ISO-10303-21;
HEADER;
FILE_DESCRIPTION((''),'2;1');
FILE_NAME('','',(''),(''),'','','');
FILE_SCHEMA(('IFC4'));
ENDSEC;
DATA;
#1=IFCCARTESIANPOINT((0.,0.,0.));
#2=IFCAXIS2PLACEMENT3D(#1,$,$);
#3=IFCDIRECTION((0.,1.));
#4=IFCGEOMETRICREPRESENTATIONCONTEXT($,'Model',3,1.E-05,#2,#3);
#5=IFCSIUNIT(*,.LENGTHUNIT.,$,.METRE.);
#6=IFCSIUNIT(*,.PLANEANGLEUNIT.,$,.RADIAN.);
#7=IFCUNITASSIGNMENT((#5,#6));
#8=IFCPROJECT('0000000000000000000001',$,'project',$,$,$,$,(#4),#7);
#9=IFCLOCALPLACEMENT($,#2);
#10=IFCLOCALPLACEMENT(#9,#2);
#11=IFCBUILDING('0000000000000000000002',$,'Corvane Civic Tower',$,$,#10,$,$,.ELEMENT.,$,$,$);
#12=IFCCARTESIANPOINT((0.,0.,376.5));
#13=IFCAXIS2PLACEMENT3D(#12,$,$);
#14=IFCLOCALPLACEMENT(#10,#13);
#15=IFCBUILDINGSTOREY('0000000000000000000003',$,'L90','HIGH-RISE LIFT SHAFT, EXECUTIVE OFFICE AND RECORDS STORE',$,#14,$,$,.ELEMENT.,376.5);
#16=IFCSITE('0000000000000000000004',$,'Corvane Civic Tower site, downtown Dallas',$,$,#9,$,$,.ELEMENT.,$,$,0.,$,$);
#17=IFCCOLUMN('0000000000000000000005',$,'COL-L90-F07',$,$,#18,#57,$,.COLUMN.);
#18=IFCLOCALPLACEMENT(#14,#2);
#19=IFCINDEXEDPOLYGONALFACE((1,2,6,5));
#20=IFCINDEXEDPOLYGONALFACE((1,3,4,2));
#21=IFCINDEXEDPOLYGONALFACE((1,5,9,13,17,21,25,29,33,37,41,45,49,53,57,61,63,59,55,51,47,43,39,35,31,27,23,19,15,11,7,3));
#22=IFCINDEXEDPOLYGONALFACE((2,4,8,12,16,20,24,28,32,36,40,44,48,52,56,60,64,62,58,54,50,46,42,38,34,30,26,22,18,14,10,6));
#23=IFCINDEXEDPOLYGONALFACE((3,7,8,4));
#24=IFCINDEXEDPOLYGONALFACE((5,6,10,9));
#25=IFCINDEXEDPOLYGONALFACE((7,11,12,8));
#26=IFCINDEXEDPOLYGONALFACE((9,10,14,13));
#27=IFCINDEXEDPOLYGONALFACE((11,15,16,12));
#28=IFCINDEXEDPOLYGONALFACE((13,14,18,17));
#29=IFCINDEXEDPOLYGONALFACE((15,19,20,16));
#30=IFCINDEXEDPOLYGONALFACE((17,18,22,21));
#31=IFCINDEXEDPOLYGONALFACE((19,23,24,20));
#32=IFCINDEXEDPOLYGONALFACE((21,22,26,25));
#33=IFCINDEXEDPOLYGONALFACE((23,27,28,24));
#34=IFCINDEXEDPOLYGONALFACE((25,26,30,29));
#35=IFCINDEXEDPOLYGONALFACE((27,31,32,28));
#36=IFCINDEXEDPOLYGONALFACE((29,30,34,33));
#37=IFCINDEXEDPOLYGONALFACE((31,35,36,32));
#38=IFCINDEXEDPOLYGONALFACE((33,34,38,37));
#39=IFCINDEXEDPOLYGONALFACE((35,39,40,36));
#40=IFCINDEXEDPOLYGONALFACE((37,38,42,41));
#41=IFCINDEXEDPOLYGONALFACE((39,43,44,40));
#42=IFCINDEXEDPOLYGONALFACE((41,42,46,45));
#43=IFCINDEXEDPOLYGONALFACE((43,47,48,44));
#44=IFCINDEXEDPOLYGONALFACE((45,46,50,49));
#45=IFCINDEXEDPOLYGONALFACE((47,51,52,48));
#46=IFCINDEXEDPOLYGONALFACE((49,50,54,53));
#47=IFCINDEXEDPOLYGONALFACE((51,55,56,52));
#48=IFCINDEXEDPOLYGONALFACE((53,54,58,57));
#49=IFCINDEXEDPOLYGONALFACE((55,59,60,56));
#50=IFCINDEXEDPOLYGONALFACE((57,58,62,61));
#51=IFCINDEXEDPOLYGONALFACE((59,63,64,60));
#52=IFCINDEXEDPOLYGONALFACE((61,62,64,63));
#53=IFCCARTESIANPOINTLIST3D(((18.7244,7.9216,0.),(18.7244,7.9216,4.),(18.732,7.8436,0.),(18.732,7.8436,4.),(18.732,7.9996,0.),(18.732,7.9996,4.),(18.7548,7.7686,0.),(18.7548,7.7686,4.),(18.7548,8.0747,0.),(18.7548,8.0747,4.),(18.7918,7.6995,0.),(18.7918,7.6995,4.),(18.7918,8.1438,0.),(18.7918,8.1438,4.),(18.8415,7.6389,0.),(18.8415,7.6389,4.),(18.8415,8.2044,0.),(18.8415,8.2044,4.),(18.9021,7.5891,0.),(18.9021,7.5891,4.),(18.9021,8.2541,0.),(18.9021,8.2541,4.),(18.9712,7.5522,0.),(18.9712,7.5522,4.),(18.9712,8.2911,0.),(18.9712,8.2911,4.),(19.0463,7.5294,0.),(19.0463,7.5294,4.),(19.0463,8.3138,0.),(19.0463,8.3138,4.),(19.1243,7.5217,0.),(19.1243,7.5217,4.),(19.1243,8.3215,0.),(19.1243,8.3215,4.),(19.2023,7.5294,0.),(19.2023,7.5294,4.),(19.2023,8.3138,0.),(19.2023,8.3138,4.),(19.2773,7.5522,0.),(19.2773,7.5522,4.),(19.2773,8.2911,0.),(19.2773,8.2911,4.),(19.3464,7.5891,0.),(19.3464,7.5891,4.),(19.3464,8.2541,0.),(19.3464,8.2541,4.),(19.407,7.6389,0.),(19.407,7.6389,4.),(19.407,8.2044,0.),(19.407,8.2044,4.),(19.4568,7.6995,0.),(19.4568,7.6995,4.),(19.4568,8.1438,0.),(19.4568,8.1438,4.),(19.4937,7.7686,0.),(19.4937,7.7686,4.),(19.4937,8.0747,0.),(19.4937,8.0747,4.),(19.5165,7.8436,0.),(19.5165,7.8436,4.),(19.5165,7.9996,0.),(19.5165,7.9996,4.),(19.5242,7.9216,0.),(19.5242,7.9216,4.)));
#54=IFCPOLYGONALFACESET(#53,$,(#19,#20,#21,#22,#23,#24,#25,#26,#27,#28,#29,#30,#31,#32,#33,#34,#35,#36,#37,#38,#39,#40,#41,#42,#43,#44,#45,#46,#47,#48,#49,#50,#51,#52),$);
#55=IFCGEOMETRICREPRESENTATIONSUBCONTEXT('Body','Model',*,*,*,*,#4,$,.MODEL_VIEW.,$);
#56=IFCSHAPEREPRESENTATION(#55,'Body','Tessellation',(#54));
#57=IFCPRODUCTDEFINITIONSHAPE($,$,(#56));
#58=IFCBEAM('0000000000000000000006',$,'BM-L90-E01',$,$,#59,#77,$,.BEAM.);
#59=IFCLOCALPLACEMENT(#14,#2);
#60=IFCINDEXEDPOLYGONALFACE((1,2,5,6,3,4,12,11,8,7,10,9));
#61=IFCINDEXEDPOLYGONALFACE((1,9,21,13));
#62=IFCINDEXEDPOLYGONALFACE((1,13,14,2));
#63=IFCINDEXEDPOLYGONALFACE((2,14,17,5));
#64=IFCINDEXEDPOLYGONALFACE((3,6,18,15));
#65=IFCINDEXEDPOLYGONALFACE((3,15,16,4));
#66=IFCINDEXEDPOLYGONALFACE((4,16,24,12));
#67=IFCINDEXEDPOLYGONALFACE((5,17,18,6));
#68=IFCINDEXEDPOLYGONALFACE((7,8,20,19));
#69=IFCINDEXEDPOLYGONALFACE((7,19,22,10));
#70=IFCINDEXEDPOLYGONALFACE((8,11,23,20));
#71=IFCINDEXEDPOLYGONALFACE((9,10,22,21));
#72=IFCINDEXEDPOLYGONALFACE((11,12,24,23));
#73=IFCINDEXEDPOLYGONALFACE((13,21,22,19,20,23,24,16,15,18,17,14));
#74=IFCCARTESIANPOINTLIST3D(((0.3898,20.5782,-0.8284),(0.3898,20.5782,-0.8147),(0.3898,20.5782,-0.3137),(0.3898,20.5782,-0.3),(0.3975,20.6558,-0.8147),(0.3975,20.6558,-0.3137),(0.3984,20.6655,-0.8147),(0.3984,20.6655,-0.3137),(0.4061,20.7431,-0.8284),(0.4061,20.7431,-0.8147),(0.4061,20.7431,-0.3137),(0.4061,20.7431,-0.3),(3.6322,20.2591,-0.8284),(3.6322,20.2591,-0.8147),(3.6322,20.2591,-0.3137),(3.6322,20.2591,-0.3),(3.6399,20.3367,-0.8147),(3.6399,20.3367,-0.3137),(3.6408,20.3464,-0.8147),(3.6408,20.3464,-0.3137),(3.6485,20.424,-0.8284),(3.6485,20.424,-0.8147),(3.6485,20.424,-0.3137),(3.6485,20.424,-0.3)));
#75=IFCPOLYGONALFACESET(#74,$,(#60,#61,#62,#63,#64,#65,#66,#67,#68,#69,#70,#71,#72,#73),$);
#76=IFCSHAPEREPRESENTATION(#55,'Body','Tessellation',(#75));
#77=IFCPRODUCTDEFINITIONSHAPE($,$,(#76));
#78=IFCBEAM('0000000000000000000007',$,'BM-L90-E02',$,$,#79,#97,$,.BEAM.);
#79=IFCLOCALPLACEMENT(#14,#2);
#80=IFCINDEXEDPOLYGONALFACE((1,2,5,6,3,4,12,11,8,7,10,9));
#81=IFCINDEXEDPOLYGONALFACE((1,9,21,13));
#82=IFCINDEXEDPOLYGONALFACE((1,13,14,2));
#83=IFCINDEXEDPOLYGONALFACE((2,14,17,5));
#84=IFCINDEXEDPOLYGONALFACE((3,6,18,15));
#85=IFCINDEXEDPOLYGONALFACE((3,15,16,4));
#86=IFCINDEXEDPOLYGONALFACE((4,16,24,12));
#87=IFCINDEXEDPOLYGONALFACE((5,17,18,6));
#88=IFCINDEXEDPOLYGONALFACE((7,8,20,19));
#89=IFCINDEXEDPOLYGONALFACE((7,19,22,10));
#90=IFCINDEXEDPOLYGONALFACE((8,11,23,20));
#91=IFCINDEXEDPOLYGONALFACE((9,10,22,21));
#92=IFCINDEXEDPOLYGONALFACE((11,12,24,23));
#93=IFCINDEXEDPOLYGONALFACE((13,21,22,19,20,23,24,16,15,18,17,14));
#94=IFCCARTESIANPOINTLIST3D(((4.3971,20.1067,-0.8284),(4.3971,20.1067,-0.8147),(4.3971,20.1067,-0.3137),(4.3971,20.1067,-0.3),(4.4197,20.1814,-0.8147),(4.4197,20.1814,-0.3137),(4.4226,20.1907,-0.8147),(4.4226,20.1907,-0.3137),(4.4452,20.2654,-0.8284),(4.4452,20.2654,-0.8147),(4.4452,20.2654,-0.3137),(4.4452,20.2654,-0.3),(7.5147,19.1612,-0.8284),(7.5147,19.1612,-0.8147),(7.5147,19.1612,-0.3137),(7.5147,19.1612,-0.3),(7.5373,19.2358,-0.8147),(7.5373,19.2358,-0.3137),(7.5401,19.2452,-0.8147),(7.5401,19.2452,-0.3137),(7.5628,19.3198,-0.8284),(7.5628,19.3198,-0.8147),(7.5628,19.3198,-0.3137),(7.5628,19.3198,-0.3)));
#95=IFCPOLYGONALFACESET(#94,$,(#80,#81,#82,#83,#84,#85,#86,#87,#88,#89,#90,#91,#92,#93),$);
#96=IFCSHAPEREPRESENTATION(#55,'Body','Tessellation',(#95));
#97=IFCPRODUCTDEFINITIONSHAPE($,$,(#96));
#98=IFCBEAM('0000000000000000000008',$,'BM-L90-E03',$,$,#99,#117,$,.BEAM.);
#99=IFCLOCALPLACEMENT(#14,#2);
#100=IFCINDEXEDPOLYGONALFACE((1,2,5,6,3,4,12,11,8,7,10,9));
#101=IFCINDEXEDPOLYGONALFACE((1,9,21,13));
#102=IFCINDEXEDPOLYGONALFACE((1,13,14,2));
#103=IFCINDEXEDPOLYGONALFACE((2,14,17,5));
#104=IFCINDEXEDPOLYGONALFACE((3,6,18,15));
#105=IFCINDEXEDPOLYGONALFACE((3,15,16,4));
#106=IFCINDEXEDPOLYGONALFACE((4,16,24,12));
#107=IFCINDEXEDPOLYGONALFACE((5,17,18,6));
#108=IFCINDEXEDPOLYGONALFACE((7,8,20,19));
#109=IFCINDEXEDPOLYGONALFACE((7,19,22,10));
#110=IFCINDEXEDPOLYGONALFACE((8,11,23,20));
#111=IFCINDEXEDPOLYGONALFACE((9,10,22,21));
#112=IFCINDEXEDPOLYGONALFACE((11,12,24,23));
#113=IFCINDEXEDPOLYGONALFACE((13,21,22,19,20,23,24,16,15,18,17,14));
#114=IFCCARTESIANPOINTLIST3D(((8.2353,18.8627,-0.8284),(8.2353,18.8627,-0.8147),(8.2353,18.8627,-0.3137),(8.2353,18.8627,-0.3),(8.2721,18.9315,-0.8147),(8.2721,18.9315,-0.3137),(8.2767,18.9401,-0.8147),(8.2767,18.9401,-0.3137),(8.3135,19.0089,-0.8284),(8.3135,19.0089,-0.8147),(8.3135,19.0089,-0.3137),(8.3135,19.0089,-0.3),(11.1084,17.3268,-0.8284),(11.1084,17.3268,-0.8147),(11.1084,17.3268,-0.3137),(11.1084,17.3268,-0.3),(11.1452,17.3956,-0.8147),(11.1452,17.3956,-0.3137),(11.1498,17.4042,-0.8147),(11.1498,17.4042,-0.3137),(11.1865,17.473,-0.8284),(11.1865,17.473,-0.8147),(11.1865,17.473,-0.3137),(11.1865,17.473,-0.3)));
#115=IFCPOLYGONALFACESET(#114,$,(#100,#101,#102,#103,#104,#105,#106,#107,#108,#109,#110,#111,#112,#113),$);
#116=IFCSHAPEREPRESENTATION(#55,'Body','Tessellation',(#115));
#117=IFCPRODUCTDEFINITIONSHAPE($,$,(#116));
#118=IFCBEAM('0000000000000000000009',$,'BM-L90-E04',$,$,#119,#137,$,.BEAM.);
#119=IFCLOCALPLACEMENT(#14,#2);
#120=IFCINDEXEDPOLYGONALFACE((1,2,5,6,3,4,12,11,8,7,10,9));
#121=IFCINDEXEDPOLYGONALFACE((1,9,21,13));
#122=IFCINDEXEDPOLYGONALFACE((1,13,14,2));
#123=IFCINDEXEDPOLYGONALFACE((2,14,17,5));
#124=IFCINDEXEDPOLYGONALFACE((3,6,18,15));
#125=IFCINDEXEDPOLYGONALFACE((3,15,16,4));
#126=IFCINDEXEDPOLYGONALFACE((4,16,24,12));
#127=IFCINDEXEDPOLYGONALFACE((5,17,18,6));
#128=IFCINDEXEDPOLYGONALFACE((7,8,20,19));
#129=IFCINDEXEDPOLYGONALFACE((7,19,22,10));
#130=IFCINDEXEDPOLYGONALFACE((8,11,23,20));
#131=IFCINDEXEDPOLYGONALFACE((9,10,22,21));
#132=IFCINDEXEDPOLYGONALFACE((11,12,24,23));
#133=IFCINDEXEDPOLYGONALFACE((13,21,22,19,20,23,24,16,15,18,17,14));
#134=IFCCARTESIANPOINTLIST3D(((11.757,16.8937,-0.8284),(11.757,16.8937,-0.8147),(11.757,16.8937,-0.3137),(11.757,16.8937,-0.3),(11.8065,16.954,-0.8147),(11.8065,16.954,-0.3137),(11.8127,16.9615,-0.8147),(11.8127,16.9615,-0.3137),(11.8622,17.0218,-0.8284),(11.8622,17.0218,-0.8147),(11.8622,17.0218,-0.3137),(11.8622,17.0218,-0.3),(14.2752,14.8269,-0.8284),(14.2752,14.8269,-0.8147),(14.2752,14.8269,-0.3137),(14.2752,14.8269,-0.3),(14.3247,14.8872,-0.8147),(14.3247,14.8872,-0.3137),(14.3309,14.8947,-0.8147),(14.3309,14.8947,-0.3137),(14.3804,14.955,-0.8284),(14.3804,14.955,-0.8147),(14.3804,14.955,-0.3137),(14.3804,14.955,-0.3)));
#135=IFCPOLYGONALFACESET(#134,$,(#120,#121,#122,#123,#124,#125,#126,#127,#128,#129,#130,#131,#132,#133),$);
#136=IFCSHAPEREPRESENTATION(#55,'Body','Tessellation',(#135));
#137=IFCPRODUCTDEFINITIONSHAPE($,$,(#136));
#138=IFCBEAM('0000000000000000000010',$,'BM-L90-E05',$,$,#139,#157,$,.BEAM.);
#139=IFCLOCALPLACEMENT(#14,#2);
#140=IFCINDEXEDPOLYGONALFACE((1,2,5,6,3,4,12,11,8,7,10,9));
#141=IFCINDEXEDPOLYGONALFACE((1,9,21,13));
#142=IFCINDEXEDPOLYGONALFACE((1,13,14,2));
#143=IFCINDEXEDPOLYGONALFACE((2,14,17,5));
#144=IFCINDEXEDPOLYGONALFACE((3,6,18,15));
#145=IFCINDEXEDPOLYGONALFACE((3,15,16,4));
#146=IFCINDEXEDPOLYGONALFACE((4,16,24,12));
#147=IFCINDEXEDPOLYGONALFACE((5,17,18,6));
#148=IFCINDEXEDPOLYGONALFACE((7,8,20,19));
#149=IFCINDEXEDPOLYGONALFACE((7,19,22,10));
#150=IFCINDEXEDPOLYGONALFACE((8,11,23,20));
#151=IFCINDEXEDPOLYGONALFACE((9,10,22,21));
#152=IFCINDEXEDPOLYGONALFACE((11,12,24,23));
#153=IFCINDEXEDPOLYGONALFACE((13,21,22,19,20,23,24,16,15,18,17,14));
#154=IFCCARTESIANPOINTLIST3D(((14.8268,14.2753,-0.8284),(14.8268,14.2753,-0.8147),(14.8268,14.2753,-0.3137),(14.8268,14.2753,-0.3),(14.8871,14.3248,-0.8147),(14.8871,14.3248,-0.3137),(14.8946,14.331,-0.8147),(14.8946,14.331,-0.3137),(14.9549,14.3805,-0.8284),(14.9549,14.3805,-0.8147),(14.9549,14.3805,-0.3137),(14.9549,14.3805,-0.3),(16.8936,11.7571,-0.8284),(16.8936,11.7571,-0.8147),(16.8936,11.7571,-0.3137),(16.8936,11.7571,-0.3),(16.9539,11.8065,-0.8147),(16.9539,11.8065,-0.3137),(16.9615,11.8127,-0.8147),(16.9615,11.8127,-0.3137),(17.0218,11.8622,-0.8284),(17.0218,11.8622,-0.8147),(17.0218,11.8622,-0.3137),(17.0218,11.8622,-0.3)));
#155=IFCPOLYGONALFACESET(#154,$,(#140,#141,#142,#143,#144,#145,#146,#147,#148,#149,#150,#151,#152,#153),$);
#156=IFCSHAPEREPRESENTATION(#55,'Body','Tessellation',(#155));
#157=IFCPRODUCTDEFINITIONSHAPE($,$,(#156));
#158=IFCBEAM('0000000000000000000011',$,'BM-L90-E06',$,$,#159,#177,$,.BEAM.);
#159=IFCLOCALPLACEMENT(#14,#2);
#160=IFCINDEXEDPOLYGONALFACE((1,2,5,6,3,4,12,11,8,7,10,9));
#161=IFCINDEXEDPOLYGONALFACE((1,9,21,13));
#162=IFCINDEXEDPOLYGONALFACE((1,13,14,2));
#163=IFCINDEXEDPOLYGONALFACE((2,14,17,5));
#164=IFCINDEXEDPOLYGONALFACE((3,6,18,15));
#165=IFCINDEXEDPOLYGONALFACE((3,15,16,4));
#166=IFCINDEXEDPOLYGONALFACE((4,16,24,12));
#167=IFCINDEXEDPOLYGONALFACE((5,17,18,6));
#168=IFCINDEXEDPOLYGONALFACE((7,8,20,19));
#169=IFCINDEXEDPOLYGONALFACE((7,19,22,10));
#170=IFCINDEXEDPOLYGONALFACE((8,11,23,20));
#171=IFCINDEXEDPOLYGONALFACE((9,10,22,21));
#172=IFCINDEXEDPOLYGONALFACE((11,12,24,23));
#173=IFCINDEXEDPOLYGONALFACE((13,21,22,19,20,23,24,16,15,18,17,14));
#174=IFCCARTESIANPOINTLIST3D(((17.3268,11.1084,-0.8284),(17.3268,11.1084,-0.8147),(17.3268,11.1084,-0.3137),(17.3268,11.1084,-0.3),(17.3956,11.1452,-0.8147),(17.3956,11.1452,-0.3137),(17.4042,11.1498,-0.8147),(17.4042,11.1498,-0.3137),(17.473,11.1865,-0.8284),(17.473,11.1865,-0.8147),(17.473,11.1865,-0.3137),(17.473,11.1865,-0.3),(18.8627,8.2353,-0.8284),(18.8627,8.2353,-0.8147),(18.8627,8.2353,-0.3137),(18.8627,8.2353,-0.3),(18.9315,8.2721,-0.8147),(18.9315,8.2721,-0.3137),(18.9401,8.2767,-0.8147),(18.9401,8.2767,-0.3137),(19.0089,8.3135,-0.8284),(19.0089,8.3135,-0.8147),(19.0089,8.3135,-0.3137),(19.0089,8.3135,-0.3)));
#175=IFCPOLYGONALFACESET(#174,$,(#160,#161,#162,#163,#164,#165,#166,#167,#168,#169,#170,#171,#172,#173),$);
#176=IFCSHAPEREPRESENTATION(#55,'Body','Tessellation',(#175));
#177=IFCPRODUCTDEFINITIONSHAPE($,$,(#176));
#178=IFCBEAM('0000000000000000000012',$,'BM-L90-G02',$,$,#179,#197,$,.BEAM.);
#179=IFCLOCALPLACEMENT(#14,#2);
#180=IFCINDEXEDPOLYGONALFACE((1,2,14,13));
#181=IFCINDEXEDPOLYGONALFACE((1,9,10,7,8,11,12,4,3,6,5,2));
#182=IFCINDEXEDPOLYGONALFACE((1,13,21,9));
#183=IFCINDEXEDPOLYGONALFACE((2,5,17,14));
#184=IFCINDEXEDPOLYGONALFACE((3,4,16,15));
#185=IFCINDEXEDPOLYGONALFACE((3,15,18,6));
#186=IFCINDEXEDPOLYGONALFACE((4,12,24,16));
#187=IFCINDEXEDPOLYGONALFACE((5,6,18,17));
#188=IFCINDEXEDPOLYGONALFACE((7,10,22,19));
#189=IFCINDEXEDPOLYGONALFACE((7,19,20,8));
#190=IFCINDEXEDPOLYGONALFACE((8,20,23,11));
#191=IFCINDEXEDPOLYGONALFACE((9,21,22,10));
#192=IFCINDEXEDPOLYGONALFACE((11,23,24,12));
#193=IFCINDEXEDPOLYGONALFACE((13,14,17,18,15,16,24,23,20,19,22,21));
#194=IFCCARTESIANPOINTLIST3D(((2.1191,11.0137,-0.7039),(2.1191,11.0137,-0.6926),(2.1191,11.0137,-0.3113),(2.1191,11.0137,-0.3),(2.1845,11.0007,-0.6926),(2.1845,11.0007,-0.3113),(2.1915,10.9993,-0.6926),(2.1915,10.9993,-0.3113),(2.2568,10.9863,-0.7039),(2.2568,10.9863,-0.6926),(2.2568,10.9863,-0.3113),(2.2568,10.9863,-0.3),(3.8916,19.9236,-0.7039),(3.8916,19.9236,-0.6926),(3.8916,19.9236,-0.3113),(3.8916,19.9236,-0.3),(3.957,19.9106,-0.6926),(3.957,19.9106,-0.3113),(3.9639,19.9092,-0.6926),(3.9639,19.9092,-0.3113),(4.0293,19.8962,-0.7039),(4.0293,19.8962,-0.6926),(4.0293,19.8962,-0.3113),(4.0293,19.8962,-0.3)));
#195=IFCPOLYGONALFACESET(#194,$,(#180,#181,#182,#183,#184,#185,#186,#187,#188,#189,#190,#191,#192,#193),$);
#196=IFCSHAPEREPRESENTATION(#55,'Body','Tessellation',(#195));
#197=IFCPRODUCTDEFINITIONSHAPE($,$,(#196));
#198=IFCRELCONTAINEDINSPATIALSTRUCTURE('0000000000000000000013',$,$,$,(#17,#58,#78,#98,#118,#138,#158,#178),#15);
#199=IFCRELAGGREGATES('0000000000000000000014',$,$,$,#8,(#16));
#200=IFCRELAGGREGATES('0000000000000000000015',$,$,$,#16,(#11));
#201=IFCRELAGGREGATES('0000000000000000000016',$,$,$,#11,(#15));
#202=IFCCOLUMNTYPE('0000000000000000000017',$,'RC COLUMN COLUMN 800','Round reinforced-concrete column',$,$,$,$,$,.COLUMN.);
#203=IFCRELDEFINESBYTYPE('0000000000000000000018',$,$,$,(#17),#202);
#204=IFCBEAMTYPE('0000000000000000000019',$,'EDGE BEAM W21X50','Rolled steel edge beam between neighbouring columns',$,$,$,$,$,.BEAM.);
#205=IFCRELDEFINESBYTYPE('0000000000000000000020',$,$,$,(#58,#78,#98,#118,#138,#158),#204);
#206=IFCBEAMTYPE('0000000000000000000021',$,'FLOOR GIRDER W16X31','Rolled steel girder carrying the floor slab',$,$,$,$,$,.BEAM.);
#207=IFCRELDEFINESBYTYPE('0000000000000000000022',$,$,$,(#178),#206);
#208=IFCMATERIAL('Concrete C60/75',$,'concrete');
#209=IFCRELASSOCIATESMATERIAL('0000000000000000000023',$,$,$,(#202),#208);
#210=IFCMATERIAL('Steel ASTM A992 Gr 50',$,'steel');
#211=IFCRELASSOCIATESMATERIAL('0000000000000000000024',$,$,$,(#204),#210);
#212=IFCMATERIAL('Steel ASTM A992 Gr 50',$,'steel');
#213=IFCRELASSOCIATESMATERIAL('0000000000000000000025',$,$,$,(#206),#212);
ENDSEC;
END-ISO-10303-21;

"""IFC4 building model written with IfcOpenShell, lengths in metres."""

from ifc_helpers import new_model, si_unit, direction, frame, origin, origin_2d, place, context, subcontext, project, spatial, circle, i_section, extrude, material, material_profile, profile_set, type_object, element, save


model = new_model("IFC4")

# Units and contexts
model_context = context("Model", 3, precision=1e-05, world=origin(), true_north=direction((0.0, 1.0)))
body_context = subcontext(model_context, "Body", "Model", "MODEL_VIEW")
ifc_project = project(units=[si_unit("LENGTHUNIT", "METRE"), si_unit("PLANEANGLEUNIT", "RADIAN")], contexts=[model_context])

# Site, building, storey
site_placement = place(None, origin())
site = spatial("IfcSite", under=ifc_project, at=site_placement, Name="Corvane Civic Tower site, downtown Dallas", CompositionType="ELEMENT", RefElevation=0.0)
building_placement = place(site_placement, origin())
building = spatial("IfcBuilding", under=site, at=building_placement, Name="Corvane Civic Tower", CompositionType="ELEMENT")
storey_placement = place(building_placement, frame((0.0, 0.0, 376.5)))
storey = spatial("IfcBuildingStorey", under=building, at=storey_placement, Name="L90", Description="HIGH-RISE LIFT SHAFT, EXECUTIVE OFFICE AND RECORDS STORE", CompositionType="ELEMENT", Elevation=376.5)

# Column
ifc_material_1 = material(Name="Concrete C60/75", Category="concrete")
ifc_material_profile_1 = material_profile(ifc_material_1, circle(Radius=0.3999, at=origin_2d()), Name="COLUMN 800")
ifc_profile_set_1 = profile_set([ifc_material_profile_1], Name="Concrete C60/75")
column_type = type_object("IfcColumnType", Name="RC COLUMN COLUMN 800", Description="Round reinforced-concrete column", PredefinedType="COLUMN", material=ifc_profile_set_1)
for number, where, z_axis, x_axis, name in (
    (1, (19.1243, 7.9216, 0.0), (0.0, 0.0, 1.0), (1.0, 0.0, 0.0), "COL-L90-F07"),
):
    element("IfcColumn", number, at=place(storey_placement, frame(where, z_axis=z_axis, x_axis=x_axis)), inside=storey, type_object=column_type, Name=name, PredefinedType="COLUMN", context=body_context, shape_type="SweptSolid", body=[
        extrude(circle(Radius=0.3999, at=origin_2d()), origin(), (0.0, 0.0, 1.0), 4.0),
    ])

# Beams
ifc_material_2 = material(Name="Steel ASTM A992 Gr 50", Category="steel")
ifc_material_profile_2 = material_profile(ifc_material_2, i_section(OverallWidth=0.1658, OverallDepth=0.5283, WebThickness=0.0098, FlangeThickness=0.0137, at=origin_2d()), Name="W21X50")
ifc_profile_set_2 = profile_set([ifc_material_profile_2], Name="Steel ASTM A992 Gr 50")
beam_type_1 = type_object("IfcBeamType", Name="EDGE BEAM W21X50", Description="Rolled steel edge beam between neighbouring columns", PredefinedType="BEAM", material=ifc_profile_set_2)
beam_1_placement = place(storey_placement, frame((0.3979, 20.6606, -0.5642), z_axis=(0.995193, -0.097938, 0.0), x_axis=(0.097938, 0.995193, 0.0)))
element("IfcBeam", 2, at=beam_1_placement, inside=storey, type_object=beam_type_1, Name="BM-L90-E01", PredefinedType="BEAM", context=body_context, shape_type="SweptSolid", body=[
    extrude(i_section(OverallWidth=0.1658, OverallDepth=0.5283, WebThickness=0.0098, FlangeThickness=0.0137, at=origin_2d()), origin(), (0.0, 0.0, 1.0), 3.2581),
])
for number, where, z_axis, x_axis, name in (
    (3, (4.4211, 20.186, -0.5642), (0.956956, -0.290234, 0.0), (0.290234, 0.956956, 0.0), "BM-L90-E02"),
    (4, (8.2744, 18.9358, -0.5642), (0.881894, -0.471448, 0.0), (0.471448, 0.881894, 0.0), "BM-L90-E03"),
    (5, (11.8096, 16.9578, -0.5642), (0.772985, -0.634425, 0.0), (0.634425, 0.772985, 0.0), "BM-L90-E04"),
    (6, (14.8909, 14.3279, -0.5642), (0.634425, -0.772985, 0.0), (0.772985, 0.634425, 0.0), "BM-L90-E05"),
    (7, (17.3999, 11.1475, -0.5642), (0.471448, -0.881894, 0.0), (0.881894, 0.471448, 0.0), "BM-L90-E06"),
):
    element("IfcBeam", number, at=place(storey_placement, frame(where, z_axis=z_axis, x_axis=x_axis)), inside=storey, type_object=beam_type_1, Name=name, PredefinedType="BEAM", context=body_context, shape_type="SweptSolid", body=[
        extrude(i_section(OverallWidth=0.1658, OverallDepth=0.5283, WebThickness=0.0098, FlangeThickness=0.0137, at=origin_2d()), origin(), (0.0, 0.0, 1.0), 3.2578),
    ])
ifc_material_3 = material(Name="Steel ASTM A992 Gr 50", Category="steel")
ifc_material_profile_3 = material_profile(ifc_material_3, i_section(OverallWidth=0.1404, OverallDepth=0.4038, WebThickness=0.0071, FlangeThickness=0.0112, at=origin_2d()), Name="W16X31")
ifc_profile_set_3 = profile_set([ifc_material_profile_3], Name="Steel ASTM A992 Gr 50")
beam_type_2 = type_object("IfcBeamType", Name="FLOOR GIRDER W16X31", Description="Rolled steel girder carrying the floor slab", PredefinedType="BEAM", material=ifc_profile_set_3)
beam_2_placement = place(storey_placement, frame((2.188, 11.0, -0.502), z_axis=(0.195108, 0.980782, 0.0), x_axis=(-0.980782, 0.195108, 0.0)))
element("IfcBeam", 8, at=beam_2_placement, inside=storey, type_object=beam_type_2, Name="BM-L90-G02", PredefinedType="BEAM", context=body_context, shape_type="SweptSolid", body=[
    extrude(i_section(OverallWidth=0.1404, OverallDepth=0.4038, WebThickness=0.0071, FlangeThickness=0.0112, at=origin_2d()), origin(), (0.0, 0.0, 1.0), 9.0845),
])

save(model, "model.ifc")
